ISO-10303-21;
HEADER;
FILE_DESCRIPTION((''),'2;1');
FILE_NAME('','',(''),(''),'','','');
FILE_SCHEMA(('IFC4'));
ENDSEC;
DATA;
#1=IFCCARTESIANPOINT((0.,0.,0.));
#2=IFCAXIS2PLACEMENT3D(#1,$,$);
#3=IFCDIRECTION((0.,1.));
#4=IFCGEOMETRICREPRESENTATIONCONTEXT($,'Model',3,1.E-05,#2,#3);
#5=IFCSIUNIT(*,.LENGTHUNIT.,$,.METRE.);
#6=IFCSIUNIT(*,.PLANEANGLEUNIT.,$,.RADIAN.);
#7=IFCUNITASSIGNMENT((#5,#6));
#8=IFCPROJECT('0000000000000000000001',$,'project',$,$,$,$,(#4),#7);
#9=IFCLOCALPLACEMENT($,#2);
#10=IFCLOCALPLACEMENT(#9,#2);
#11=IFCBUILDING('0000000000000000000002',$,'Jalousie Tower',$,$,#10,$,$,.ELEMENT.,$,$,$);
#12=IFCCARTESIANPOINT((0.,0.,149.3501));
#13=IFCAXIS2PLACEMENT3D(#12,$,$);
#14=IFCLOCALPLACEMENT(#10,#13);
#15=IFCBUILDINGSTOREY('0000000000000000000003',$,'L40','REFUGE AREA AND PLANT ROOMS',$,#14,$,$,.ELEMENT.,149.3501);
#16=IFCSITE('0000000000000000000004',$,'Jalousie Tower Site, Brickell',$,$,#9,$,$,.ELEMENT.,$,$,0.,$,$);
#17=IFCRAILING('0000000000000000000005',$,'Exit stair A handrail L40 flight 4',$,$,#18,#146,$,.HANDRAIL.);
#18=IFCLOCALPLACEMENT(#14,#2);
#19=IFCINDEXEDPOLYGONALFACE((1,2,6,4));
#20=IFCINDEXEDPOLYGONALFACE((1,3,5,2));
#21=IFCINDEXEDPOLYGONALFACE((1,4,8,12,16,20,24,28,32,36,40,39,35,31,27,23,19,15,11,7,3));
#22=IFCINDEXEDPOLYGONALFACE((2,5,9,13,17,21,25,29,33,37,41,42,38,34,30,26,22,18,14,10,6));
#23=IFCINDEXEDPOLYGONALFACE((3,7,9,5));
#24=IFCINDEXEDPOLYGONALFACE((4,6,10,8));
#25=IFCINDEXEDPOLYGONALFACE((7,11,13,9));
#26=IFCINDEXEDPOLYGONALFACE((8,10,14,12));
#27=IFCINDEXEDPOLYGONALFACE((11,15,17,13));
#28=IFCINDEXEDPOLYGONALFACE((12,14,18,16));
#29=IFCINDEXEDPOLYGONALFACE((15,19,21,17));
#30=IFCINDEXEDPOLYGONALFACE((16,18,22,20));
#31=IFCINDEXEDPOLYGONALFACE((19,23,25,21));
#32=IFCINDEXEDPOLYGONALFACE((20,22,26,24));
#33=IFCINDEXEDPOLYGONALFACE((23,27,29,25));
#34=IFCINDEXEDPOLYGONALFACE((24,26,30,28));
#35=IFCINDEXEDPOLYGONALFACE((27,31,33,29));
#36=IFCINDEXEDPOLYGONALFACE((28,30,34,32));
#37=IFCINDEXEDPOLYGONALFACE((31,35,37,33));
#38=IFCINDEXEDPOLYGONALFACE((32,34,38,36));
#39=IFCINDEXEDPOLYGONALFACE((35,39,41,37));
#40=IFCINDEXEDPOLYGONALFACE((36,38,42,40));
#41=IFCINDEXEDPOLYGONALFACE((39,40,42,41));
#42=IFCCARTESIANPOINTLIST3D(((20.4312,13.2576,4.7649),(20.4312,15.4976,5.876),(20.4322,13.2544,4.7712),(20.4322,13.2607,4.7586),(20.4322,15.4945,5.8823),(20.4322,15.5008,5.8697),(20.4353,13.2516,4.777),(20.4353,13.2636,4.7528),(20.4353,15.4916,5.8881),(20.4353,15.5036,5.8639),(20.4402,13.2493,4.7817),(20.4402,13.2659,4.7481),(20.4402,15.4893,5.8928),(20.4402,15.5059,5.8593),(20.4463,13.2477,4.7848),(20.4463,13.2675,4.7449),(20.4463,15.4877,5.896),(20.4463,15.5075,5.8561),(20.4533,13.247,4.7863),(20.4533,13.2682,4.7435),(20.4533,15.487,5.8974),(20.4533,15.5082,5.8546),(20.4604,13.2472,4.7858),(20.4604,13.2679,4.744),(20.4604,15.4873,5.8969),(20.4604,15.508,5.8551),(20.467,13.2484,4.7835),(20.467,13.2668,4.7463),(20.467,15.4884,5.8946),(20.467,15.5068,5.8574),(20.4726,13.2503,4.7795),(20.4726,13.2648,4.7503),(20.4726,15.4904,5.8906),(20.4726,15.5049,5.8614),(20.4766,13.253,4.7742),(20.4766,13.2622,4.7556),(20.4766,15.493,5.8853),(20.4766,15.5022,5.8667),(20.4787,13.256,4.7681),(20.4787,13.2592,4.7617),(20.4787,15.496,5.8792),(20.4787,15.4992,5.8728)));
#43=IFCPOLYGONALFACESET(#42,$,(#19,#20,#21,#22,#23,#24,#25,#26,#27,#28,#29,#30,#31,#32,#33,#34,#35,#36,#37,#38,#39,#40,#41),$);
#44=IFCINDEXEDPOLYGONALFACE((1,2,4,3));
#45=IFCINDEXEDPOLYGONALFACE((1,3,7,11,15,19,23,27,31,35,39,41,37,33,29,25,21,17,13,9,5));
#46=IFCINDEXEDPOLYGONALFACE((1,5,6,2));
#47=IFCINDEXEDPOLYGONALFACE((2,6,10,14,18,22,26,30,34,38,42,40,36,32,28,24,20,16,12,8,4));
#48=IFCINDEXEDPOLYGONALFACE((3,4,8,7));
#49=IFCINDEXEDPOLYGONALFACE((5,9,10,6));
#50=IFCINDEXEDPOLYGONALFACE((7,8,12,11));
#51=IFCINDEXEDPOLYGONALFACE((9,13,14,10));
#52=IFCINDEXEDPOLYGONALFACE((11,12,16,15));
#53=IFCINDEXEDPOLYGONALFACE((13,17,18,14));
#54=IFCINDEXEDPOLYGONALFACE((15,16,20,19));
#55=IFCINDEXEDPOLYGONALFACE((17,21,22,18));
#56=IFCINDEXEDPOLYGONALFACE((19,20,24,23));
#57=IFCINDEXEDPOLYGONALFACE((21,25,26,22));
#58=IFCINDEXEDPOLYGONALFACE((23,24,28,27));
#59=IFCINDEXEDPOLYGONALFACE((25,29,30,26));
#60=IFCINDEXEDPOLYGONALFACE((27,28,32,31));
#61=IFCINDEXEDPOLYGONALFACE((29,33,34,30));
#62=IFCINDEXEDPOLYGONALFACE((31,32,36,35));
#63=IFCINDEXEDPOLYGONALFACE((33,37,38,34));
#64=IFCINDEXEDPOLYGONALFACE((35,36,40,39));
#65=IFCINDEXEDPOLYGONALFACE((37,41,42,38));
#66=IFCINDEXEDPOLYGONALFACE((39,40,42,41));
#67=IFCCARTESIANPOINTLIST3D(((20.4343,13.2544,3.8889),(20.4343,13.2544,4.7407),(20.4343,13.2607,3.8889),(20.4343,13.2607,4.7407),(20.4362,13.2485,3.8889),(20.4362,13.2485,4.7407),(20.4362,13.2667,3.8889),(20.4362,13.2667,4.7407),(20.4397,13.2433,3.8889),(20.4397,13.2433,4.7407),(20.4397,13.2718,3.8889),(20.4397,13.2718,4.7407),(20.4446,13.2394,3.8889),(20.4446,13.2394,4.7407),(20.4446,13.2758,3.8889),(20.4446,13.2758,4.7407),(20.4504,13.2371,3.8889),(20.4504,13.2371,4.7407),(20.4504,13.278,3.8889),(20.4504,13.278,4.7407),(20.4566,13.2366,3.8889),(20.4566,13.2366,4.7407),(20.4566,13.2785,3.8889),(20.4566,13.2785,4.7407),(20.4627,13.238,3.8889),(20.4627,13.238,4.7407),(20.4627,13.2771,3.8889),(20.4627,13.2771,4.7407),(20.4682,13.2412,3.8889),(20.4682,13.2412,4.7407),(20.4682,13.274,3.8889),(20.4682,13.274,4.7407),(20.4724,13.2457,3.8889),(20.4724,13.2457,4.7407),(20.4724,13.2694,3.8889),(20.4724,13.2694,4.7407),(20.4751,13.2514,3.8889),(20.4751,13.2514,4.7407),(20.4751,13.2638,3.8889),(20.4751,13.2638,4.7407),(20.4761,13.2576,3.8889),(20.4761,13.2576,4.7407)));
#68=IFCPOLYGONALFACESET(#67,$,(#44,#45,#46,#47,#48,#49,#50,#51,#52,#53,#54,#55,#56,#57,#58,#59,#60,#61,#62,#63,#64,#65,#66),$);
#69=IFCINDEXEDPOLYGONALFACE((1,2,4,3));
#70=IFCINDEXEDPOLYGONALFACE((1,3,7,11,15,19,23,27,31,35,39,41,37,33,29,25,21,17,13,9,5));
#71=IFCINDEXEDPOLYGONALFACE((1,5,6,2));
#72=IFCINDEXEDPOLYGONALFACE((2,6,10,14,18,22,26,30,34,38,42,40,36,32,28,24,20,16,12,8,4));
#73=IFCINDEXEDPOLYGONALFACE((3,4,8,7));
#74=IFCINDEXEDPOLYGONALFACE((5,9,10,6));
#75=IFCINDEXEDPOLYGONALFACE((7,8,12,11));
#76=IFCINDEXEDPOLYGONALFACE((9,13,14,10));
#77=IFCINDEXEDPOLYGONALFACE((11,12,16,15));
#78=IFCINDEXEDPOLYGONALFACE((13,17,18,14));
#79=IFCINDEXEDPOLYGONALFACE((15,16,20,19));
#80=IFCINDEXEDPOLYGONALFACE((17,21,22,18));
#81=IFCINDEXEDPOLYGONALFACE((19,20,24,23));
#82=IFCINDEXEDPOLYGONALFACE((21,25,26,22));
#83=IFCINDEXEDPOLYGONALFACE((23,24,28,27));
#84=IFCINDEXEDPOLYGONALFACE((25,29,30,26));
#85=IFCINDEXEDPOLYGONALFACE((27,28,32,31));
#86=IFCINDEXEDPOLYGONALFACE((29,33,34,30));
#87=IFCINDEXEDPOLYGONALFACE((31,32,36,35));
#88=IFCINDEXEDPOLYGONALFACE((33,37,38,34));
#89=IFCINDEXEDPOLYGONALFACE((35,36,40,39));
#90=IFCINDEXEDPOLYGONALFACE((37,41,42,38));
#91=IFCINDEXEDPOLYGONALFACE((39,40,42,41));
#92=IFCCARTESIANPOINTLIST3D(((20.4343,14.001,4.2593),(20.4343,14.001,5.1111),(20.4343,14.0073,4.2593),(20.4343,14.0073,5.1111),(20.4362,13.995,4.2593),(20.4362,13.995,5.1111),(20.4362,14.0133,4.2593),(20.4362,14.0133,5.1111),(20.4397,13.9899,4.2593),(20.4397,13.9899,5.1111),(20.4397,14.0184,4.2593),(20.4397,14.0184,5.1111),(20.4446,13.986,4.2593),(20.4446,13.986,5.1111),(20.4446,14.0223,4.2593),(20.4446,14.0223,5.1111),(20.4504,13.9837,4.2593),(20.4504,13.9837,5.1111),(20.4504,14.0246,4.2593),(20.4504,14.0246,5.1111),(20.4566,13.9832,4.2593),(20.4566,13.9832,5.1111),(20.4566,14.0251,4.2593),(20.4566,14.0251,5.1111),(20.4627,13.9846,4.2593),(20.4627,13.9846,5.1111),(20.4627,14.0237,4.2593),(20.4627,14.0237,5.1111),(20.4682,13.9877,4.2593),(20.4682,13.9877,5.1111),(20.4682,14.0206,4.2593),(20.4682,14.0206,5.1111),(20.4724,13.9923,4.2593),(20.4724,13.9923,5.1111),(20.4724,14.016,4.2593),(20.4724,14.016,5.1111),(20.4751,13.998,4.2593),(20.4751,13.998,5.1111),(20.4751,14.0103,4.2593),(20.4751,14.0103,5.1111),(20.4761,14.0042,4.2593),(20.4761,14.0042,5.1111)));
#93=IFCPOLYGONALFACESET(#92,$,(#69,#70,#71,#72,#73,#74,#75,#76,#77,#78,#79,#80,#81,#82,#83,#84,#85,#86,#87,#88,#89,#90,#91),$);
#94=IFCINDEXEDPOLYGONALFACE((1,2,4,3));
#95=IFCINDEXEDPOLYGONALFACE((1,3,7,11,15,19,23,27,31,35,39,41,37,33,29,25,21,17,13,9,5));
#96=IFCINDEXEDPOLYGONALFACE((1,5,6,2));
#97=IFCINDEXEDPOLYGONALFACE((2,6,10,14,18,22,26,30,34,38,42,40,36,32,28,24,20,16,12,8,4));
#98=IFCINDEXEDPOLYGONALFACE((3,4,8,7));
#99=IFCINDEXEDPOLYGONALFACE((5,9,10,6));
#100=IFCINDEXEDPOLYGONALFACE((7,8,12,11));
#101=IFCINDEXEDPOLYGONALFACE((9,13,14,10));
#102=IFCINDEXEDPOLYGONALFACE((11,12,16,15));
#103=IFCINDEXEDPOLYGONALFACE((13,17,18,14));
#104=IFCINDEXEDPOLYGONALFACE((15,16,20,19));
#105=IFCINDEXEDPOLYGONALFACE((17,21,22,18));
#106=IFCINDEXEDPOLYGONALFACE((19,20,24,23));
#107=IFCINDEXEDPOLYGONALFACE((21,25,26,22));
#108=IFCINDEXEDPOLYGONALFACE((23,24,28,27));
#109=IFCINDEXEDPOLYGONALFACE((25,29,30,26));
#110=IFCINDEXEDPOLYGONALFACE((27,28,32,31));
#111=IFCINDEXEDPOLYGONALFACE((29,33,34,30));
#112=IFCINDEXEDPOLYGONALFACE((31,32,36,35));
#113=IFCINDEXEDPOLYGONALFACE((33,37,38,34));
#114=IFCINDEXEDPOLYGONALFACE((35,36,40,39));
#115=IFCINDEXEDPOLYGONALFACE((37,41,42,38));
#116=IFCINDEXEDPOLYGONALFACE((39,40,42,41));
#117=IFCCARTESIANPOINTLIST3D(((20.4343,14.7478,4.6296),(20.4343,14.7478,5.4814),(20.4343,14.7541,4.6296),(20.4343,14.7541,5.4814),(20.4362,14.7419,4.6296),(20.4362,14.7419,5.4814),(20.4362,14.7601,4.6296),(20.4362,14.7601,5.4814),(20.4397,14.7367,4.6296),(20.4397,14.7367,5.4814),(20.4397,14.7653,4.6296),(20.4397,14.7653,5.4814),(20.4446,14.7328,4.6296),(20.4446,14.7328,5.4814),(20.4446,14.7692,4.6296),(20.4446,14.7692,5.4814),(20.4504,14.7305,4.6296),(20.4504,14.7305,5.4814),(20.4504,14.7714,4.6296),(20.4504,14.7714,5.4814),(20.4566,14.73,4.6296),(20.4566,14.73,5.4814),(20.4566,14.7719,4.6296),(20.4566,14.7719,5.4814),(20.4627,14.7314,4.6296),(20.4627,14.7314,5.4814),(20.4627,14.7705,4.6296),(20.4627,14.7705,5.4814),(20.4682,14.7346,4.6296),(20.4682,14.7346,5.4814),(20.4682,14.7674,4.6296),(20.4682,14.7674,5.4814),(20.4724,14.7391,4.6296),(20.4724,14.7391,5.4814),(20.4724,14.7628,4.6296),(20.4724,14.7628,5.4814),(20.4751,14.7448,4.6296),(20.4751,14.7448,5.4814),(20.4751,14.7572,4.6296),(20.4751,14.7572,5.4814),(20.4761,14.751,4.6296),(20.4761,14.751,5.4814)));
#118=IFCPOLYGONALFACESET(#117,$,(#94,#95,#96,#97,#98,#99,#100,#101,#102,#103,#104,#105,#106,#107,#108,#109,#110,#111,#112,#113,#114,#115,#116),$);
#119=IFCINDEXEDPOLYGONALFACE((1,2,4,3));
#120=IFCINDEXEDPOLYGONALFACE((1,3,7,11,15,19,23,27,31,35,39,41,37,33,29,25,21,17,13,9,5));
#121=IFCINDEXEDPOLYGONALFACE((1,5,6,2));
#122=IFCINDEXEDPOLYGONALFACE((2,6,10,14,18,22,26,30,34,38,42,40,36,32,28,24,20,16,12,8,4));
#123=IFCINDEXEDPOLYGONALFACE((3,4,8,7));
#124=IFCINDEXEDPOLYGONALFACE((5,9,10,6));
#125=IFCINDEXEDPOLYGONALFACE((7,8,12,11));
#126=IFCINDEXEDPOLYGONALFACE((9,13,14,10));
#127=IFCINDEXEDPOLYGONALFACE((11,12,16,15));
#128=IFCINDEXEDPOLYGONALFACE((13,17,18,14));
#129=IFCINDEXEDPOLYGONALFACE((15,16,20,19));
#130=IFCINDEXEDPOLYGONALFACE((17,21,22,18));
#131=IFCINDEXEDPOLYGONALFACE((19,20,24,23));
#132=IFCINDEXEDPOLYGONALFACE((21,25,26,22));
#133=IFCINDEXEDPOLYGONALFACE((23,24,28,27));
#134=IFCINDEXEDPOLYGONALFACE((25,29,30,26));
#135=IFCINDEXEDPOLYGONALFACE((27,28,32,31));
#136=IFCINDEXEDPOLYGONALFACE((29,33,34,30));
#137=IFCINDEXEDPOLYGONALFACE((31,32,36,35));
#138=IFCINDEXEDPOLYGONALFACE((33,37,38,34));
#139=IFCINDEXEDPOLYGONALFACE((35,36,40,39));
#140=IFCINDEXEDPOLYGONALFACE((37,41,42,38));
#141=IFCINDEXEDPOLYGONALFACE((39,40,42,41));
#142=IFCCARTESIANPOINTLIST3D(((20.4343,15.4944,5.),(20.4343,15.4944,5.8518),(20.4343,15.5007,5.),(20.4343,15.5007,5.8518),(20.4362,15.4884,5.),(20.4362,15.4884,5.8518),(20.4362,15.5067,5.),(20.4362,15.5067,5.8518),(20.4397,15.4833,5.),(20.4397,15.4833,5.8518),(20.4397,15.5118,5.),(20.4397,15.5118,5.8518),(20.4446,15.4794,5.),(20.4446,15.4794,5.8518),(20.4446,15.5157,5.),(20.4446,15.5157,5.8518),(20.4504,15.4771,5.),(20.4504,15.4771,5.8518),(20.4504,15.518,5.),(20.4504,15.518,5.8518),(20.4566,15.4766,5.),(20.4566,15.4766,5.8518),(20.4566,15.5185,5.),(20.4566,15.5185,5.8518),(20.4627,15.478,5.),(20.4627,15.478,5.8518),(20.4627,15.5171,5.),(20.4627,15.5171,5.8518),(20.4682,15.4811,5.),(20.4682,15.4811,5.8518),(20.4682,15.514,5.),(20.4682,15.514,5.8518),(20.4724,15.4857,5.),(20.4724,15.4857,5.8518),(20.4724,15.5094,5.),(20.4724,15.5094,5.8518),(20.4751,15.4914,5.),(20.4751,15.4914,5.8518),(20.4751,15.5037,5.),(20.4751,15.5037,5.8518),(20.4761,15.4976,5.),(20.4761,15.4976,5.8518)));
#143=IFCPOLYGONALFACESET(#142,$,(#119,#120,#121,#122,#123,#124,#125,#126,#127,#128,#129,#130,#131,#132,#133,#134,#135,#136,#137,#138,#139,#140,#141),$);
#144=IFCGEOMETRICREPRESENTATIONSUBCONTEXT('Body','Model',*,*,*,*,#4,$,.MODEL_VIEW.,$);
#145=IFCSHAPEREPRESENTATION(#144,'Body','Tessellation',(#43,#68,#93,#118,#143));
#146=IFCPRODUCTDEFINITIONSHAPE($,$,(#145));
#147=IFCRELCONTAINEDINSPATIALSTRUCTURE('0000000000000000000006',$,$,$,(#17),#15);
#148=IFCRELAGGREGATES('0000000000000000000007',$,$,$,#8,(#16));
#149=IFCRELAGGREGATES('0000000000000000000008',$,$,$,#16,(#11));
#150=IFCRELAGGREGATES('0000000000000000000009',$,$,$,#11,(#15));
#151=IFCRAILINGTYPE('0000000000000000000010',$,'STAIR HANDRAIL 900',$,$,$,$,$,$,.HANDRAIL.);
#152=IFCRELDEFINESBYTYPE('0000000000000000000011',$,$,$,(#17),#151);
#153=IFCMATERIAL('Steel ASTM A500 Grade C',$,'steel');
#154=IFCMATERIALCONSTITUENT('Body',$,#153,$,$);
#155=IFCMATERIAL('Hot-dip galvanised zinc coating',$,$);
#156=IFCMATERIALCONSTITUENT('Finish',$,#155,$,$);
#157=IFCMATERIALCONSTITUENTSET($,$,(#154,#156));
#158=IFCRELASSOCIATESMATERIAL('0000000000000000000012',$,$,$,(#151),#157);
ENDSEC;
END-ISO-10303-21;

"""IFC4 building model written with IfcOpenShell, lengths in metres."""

from ifc_helpers import new_model, si_unit, direction, frame, origin, origin_2d, place, context, subcontext, project, spatial, circle, extrude, material, constituent, constituent_set, type_object, element, save


model = new_model("IFC4")

# Units and contexts
model_context = context("Model", 3, precision=1e-05, world=origin(), true_north=direction((0.0, 1.0)))
body_context = subcontext(model_context, "Body", "Model", "MODEL_VIEW")
ifc_project = project(units=[si_unit("LENGTHUNIT", "METRE"), si_unit("PLANEANGLEUNIT", "RADIAN")], contexts=[model_context])

# Site, building, storey
site_placement = place(None, origin())
site = spatial("IfcSite", under=ifc_project, at=site_placement, Name="Jalousie Tower Site, Brickell", CompositionType="ELEMENT", RefElevation=0.0)
building_placement = place(site_placement, origin())
building = spatial("IfcBuilding", under=site, at=building_placement, Name="Jalousie Tower", CompositionType="ELEMENT")
storey_placement = place(building_placement, frame((0.0, 0.0, 149.3501)))
storey = spatial("IfcBuildingStorey", under=building, at=storey_placement, Name="L40", Description="REFUGE AREA AND PLANT ROOMS", CompositionType="ELEMENT", Elevation=149.3501)

# Railing
ifc_material_1 = material(Name="Steel ASTM A500 Grade C", Category="steel")
ifc_constituent_1 = constituent(ifc_material_1, Name="Body")
ifc_material_2 = material(Name="Hot-dip galvanised zinc coating")
ifc_constituent_2 = constituent(ifc_material_2, Name="Finish")
ifc_constituent_set_1 = constituent_set(constituents=[ifc_constituent_1, ifc_constituent_2])
railing_type_1 = type_object("IfcRailingType", Name="STAIR HANDRAIL 900", PredefinedType="HANDRAIL", material=ifc_constituent_set_1)
for number, where, name in (
    (1, (20.4551, 13.2576, 3.8889), "Exit stair A handrail L40 flight 4"),
):
    element("IfcRailing", number, at=place(storey_placement, frame(where)), inside=storey, type_object=railing_type_1, Name=name, PredefinedType="HANDRAIL", context=body_context, shape_type="SweptSolid", body=[
        extrude(circle(Radius=0.0239, at=origin_2d()), frame((0.0, 0.0, 0.876), z_axis=(0.0, 0.895848, 0.44436), x_axis=(-1.0, 0.0, 0.0)), (0.0, 0.0, 1.0), 2.5005),
        extrude(circle(Radius=0.021, at=origin_2d()), origin(), (0.0, 0.0, 1.0), 0.8518),
        extrude(circle(Radius=0.021, at=origin_2d()), frame((0.0, 0.7466, 0.3704)), (0.0, 0.0, 1.0), 0.8518),
        extrude(circle(Radius=0.021, at=origin_2d()), frame((0.0, 1.4934, 0.7407)), (0.0, 0.0, 1.0), 0.8518),
        extrude(circle(Radius=0.021, at=origin_2d()), frame((0.0, 2.24, 1.1111)), (0.0, 0.0, 1.0), 0.8518),
    ])

save(model, "model.ifc")
